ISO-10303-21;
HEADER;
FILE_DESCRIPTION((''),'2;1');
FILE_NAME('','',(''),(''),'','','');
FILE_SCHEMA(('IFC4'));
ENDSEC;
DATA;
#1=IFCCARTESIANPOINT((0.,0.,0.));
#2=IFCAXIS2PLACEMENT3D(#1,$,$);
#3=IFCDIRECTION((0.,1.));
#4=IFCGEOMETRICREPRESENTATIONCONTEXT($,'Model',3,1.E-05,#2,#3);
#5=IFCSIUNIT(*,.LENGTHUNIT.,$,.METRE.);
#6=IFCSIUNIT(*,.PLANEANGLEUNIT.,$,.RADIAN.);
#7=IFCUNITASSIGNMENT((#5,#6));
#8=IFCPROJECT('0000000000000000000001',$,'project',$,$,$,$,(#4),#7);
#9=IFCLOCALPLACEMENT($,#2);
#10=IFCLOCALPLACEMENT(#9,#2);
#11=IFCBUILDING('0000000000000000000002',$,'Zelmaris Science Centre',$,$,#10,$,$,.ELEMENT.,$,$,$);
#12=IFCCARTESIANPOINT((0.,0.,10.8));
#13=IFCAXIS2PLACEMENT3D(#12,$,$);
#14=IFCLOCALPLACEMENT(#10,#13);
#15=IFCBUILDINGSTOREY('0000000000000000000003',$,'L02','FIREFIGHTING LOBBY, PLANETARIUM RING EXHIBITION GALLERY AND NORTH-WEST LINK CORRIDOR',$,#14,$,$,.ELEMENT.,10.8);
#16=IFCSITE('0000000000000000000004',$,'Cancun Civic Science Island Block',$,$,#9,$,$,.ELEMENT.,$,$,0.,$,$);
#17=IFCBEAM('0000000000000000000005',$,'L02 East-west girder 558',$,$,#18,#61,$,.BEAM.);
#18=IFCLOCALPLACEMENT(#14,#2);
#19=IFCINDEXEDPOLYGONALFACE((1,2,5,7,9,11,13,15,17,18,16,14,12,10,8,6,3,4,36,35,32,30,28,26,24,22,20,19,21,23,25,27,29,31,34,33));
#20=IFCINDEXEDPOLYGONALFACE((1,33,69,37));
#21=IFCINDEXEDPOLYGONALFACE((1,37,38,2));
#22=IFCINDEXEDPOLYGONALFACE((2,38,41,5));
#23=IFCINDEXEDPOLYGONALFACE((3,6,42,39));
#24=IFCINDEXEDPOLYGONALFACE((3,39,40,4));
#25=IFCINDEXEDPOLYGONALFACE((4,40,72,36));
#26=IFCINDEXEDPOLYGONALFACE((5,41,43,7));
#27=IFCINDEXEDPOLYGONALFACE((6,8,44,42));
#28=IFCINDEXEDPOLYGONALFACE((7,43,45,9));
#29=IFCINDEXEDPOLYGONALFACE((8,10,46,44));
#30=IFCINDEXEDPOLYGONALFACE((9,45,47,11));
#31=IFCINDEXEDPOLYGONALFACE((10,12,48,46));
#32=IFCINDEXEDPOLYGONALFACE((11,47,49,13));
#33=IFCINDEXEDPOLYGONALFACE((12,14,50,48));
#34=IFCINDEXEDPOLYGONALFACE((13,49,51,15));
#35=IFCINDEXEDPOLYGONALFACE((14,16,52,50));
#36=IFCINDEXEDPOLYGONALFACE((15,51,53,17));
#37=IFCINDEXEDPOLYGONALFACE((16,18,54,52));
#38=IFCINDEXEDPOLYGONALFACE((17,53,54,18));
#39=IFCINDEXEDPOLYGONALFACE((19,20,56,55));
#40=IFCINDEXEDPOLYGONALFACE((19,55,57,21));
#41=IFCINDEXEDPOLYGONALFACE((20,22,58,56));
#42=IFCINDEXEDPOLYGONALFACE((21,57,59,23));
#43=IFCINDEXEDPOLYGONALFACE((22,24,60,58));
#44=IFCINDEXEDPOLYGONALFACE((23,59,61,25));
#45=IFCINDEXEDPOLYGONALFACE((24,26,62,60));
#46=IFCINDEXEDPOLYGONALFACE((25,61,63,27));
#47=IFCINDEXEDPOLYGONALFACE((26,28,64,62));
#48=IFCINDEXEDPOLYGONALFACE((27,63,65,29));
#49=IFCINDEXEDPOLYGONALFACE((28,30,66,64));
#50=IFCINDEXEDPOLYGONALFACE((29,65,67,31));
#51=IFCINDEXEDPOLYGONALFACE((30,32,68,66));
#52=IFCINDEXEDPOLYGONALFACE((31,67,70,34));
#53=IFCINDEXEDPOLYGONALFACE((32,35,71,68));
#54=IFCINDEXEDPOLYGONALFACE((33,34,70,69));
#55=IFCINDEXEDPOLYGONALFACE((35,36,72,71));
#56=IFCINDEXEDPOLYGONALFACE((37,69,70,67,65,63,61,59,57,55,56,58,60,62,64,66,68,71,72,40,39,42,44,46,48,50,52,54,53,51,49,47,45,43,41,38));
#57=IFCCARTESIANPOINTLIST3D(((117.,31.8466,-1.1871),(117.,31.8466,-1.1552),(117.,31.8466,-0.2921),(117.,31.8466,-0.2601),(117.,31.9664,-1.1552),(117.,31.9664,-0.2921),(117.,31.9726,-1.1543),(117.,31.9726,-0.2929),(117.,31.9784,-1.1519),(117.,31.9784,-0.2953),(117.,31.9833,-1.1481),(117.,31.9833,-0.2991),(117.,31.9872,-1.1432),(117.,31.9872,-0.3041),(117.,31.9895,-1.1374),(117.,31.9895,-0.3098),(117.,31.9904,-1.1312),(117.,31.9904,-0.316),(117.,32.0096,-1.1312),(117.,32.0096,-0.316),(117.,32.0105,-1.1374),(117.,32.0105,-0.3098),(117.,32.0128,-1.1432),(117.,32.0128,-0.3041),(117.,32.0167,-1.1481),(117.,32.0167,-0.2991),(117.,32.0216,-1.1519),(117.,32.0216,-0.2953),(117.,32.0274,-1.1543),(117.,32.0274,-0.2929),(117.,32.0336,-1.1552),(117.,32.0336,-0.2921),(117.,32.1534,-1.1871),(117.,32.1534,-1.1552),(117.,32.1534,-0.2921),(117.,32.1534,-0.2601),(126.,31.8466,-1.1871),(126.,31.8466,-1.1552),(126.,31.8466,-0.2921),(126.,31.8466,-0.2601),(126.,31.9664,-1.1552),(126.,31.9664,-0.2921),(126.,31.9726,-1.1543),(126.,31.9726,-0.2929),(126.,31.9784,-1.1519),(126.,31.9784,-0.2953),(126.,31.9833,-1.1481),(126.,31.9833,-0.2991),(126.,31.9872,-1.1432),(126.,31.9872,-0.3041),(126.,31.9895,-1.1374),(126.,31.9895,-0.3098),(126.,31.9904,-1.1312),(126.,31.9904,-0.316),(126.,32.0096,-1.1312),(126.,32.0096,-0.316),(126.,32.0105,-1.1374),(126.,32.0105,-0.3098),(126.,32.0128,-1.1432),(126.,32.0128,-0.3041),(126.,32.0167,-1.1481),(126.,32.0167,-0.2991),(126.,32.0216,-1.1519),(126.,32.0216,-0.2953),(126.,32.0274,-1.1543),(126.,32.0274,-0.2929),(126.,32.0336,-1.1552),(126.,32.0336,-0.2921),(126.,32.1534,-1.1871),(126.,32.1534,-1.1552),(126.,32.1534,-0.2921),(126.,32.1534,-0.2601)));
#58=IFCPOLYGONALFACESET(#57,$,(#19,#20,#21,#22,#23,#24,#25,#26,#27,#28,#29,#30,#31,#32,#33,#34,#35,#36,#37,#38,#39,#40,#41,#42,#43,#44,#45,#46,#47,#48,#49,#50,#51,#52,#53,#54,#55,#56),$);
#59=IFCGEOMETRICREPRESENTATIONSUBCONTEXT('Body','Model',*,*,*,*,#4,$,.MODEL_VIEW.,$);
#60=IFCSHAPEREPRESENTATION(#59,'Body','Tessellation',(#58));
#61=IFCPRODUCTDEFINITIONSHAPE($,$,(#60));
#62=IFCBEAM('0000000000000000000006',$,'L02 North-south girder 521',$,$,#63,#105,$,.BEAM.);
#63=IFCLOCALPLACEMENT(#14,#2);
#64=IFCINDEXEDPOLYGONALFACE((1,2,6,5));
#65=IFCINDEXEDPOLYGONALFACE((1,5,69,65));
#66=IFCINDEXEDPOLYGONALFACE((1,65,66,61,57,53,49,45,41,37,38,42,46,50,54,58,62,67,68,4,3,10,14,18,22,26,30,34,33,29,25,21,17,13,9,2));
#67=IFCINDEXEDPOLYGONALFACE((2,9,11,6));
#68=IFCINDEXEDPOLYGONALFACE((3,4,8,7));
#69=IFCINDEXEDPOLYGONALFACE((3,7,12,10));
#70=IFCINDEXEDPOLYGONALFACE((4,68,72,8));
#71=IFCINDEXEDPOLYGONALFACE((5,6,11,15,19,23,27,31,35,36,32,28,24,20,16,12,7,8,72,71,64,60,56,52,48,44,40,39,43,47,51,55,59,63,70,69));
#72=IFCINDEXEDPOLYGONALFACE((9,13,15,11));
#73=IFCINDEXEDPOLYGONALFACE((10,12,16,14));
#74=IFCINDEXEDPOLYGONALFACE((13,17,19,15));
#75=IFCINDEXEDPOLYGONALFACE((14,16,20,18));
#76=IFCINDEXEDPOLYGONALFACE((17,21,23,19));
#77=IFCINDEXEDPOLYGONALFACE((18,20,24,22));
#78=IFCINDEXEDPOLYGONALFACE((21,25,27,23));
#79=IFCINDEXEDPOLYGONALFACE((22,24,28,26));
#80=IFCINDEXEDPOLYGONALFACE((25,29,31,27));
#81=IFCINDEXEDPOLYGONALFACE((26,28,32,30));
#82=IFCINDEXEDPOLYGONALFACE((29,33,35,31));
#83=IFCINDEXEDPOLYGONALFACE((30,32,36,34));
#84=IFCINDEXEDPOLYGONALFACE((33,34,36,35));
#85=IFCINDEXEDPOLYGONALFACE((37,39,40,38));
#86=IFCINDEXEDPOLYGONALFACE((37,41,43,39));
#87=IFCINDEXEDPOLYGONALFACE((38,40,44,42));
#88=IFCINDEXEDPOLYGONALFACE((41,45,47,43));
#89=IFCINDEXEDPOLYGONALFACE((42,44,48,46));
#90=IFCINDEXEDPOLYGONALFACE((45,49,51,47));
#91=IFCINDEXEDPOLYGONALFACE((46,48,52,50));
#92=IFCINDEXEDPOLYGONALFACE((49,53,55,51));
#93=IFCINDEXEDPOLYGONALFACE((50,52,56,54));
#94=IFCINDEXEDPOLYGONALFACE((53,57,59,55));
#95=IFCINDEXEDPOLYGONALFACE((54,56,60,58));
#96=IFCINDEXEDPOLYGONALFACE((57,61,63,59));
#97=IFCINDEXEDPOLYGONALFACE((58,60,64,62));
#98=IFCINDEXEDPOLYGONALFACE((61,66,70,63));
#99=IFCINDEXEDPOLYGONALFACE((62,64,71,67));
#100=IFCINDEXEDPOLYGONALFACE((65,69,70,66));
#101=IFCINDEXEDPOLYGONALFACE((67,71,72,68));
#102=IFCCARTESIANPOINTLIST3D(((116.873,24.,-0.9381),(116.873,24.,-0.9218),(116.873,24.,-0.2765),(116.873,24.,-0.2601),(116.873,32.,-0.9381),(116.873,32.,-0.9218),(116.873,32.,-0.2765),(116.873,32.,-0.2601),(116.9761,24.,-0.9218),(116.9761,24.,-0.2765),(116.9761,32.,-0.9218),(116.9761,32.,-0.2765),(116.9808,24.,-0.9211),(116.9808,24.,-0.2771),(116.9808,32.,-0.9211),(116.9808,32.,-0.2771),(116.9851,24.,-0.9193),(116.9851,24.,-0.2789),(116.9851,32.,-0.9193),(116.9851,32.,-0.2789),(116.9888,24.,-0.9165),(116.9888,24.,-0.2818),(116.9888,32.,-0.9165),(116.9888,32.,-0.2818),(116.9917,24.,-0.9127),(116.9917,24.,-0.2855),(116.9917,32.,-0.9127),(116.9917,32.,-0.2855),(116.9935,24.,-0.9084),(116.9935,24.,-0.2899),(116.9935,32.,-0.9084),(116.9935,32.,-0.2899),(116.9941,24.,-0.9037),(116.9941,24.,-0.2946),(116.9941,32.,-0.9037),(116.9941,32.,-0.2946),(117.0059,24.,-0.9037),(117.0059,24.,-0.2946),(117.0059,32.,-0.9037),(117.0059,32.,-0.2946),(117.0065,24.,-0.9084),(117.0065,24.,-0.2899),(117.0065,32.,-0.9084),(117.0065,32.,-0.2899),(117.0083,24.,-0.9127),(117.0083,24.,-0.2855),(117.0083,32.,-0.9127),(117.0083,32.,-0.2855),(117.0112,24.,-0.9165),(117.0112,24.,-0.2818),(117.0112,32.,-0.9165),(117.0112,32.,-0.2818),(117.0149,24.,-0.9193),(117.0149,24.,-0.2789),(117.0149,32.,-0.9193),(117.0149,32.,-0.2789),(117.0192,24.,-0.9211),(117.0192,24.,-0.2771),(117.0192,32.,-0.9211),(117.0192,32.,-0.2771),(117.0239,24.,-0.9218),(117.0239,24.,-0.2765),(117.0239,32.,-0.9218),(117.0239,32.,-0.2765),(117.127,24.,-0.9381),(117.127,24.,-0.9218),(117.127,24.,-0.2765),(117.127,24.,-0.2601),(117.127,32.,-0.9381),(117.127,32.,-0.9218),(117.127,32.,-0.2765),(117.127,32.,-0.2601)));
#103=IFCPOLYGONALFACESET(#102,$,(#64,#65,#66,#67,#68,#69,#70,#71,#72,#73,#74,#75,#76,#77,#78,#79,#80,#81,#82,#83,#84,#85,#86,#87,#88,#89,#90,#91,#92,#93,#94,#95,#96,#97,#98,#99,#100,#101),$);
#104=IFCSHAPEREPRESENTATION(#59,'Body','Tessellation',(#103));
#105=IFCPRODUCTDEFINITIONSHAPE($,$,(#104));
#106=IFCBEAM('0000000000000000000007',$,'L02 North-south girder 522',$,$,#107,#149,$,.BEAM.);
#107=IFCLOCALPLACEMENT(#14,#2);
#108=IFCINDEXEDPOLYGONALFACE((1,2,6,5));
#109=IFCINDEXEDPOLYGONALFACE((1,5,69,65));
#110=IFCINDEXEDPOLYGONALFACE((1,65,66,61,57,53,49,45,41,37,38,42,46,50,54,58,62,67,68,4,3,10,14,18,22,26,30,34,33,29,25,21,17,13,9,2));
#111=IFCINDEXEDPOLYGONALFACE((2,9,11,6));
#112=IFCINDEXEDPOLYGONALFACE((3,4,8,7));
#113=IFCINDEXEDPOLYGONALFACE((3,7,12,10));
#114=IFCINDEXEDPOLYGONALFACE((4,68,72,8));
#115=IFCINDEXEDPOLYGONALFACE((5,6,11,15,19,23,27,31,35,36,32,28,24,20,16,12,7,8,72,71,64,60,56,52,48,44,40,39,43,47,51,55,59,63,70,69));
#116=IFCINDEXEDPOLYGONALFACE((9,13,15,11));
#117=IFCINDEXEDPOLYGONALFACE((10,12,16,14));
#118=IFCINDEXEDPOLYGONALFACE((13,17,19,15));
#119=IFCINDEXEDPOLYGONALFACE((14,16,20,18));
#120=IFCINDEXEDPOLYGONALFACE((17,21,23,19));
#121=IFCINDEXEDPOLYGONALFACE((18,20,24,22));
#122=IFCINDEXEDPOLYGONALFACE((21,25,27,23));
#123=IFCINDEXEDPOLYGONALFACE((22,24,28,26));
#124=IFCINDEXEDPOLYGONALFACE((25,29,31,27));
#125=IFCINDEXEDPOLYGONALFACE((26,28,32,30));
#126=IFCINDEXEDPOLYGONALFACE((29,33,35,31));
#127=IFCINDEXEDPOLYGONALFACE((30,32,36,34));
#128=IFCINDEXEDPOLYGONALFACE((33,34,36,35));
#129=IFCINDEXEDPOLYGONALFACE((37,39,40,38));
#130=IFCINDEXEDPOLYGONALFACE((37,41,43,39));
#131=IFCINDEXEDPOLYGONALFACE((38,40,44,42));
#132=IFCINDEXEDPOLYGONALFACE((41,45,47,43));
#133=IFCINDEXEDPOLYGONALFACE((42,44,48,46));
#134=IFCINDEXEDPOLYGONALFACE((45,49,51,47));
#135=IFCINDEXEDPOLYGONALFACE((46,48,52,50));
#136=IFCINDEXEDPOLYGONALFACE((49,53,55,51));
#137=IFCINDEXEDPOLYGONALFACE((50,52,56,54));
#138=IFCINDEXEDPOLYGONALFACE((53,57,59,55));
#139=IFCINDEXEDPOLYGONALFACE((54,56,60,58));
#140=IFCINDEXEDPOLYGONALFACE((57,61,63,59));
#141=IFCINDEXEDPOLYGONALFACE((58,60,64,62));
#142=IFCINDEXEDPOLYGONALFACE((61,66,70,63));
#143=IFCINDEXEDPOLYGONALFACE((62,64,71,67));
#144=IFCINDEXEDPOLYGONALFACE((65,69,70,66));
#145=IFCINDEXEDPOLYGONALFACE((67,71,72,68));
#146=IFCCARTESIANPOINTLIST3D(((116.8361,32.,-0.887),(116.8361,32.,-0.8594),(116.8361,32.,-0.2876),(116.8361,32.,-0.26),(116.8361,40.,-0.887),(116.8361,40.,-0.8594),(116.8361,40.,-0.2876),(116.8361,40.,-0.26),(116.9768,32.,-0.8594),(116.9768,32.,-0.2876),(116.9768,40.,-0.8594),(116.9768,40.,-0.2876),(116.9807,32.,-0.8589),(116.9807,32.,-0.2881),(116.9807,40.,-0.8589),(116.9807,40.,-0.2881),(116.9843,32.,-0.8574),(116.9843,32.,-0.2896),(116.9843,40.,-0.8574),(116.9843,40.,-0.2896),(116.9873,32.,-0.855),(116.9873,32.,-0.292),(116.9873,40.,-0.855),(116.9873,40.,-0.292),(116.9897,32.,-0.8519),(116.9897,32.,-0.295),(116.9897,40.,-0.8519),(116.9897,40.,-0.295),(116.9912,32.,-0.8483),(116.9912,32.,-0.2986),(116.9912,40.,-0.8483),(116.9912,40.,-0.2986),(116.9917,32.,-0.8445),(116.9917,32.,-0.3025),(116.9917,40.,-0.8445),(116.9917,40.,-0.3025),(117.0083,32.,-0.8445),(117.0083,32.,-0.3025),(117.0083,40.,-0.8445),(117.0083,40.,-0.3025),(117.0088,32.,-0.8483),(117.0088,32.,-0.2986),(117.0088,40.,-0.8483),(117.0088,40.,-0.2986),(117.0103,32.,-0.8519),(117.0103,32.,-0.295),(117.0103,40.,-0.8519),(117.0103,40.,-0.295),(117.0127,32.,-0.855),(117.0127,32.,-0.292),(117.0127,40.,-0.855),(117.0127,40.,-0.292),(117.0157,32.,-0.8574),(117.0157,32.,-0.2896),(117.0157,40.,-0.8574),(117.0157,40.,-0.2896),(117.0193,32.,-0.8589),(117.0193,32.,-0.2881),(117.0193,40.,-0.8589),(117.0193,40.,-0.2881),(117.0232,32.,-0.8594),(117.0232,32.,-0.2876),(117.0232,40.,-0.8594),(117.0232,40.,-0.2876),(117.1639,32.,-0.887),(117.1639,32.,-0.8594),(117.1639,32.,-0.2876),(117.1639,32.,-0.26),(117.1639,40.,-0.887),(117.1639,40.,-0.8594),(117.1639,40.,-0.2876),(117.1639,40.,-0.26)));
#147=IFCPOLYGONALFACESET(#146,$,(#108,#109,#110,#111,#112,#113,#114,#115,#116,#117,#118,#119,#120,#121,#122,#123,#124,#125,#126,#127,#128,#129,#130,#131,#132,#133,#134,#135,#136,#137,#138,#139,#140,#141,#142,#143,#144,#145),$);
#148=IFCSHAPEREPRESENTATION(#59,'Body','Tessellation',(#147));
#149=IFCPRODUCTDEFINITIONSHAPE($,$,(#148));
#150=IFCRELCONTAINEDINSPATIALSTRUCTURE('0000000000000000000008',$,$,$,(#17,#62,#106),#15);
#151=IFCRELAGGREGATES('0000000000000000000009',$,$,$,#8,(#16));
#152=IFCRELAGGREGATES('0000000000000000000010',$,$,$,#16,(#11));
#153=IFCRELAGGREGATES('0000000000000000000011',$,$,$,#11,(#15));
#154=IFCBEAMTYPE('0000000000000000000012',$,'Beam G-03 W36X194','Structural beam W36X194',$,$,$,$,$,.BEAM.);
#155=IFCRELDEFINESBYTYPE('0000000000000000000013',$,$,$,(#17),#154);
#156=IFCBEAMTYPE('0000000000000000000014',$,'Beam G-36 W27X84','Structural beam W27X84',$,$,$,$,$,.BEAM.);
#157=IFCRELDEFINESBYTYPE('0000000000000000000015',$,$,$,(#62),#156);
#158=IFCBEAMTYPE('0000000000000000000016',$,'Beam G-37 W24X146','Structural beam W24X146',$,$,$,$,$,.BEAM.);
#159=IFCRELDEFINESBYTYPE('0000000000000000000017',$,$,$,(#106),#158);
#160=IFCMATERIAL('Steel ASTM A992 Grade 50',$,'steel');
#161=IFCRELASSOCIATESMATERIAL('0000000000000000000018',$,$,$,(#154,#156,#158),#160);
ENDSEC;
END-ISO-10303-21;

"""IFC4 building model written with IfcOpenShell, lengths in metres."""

from ifc_helpers import new_model, si_unit, direction, frame, origin, origin_2d, place, context, subcontext, project, spatial, i_section, extrude, material, material_profile, profile_set, type_object, element, save


model = new_model("IFC4")

# Units and contexts
model_context = context("Model", 3, precision=1e-05, world=origin(), true_north=direction((0.0, 1.0)))
body_context = subcontext(model_context, "Body", "Model", "MODEL_VIEW")
ifc_project = project(units=[si_unit("LENGTHUNIT", "METRE"), si_unit("PLANEANGLEUNIT", "RADIAN")], contexts=[model_context])

# Site, building, storey
site_placement = place(None, origin())
site = spatial("IfcSite", under=ifc_project, at=site_placement, Name="Cancun Civic Science Island Block", CompositionType="ELEMENT", RefElevation=0.0)
building_placement = place(site_placement, origin())
building = spatial("IfcBuilding", under=site, at=building_placement, Name="Zelmaris Science Centre", CompositionType="ELEMENT")
storey_placement = place(building_placement, frame((0.0, 0.0, 10.8)))
storey = spatial("IfcBuildingStorey", under=building, at=storey_placement, Name="L02", Description="FIREFIGHTING LOBBY, PLANETARIUM RING EXHIBITION GALLERY AND NORTH-WEST LINK CORRIDOR", CompositionType="ELEMENT", Elevation=10.8)

# Shared definitions
ifc_material_1 = material(Name="Steel ASTM A992 Grade 50", Category="steel")

# Beams
ifc_material_profile_1 = material_profile(ifc_material_1, i_section(OverallWidth=0.3069, OverallDepth=0.927, WebThickness=0.0193, FlangeThickness=0.032, FilletRadius=0.0239, at=origin_2d()), Name="W36X194")
ifc_profile_set_1 = profile_set([ifc_material_profile_1], Name="Steel ASTM A992 Grade 50")
beam_type_1 = type_object("IfcBeamType", Name="Beam G-03 W36X194", Description="Structural beam W36X194", PredefinedType="BEAM", material=ifc_profile_set_1)
beam_1_placement = place(storey_placement, frame((117.0, 32.0, -0.7236), z_axis=(1.0, 0.0, 0.0), x_axis=(0.0, 1.0, 0.0)))
element("IfcBeam", 1, at=beam_1_placement, inside=storey, type_object=beam_type_1, Name="L02 East-west girder 558", PredefinedType="BEAM", context=body_context, shape_type="SweptSolid", body=[
    extrude(i_section(OverallWidth=0.3069, OverallDepth=0.927, WebThickness=0.0193, FlangeThickness=0.032, FilletRadius=0.0239, at=origin_2d()), origin(), (0.0, 0.0, 1.0), 9.0),
])
ifc_material_profile_2 = material_profile(ifc_material_1, i_section(OverallWidth=0.2539, OverallDepth=0.678, WebThickness=0.0117, FlangeThickness=0.0164, FilletRadius=0.0181, at=origin_2d()), Name="W27X84")
ifc_profile_set_2 = profile_set([ifc_material_profile_2], Name="Steel ASTM A992 Grade 50")
beam_type_2 = type_object("IfcBeamType", Name="Beam G-36 W27X84", Description="Structural beam W27X84", PredefinedType="BEAM", material=ifc_profile_set_2)
beam_2_placement = place(storey_placement, frame((117.0, 24.0, -0.5991), z_axis=(0.0, 1.0, 0.0), x_axis=(-1.0, 0.0, 0.0)))
element("IfcBeam", 2, at=beam_2_placement, inside=storey, type_object=beam_type_2, Name="L02 North-south girder 521", PredefinedType="BEAM", context=body_context, shape_type="SweptSolid", body=[
    extrude(i_section(OverallWidth=0.2539, OverallDepth=0.678, WebThickness=0.0117, FlangeThickness=0.0164, FilletRadius=0.0181, at=origin_2d()), origin(), (0.0, 0.0, 1.0), 8.0),
])
ifc_material_profile_3 = material_profile(ifc_material_1, i_section(OverallWidth=0.3279, OverallDepth=0.627, WebThickness=0.0166, FlangeThickness=0.0276, FilletRadius=0.0149, at=origin_2d()), Name="W24X146")
ifc_profile_set_3 = profile_set([ifc_material_profile_3], Name="Steel ASTM A992 Grade 50")
beam_type_3 = type_object("IfcBeamType", Name="Beam G-37 W24X146", Description="Structural beam W24X146", PredefinedType="BEAM", material=ifc_profile_set_3)
beam_3_placement = place(storey_placement, frame((117.0, 32.0, -0.5735), z_axis=(0.0, 1.0, 0.0), x_axis=(-1.0, 0.0, 0.0)))
element("IfcBeam", 3, at=beam_3_placement, inside=storey, type_object=beam_type_3, Name="L02 North-south girder 522", PredefinedType="BEAM", context=body_context, shape_type="SweptSolid", body=[
    extrude(i_section(OverallWidth=0.3279, OverallDepth=0.627, WebThickness=0.0166, FlangeThickness=0.0276, FilletRadius=0.0149, at=origin_2d()), origin(), (0.0, 0.0, 1.0), 8.0),
])

save(model, "model.ifc")
